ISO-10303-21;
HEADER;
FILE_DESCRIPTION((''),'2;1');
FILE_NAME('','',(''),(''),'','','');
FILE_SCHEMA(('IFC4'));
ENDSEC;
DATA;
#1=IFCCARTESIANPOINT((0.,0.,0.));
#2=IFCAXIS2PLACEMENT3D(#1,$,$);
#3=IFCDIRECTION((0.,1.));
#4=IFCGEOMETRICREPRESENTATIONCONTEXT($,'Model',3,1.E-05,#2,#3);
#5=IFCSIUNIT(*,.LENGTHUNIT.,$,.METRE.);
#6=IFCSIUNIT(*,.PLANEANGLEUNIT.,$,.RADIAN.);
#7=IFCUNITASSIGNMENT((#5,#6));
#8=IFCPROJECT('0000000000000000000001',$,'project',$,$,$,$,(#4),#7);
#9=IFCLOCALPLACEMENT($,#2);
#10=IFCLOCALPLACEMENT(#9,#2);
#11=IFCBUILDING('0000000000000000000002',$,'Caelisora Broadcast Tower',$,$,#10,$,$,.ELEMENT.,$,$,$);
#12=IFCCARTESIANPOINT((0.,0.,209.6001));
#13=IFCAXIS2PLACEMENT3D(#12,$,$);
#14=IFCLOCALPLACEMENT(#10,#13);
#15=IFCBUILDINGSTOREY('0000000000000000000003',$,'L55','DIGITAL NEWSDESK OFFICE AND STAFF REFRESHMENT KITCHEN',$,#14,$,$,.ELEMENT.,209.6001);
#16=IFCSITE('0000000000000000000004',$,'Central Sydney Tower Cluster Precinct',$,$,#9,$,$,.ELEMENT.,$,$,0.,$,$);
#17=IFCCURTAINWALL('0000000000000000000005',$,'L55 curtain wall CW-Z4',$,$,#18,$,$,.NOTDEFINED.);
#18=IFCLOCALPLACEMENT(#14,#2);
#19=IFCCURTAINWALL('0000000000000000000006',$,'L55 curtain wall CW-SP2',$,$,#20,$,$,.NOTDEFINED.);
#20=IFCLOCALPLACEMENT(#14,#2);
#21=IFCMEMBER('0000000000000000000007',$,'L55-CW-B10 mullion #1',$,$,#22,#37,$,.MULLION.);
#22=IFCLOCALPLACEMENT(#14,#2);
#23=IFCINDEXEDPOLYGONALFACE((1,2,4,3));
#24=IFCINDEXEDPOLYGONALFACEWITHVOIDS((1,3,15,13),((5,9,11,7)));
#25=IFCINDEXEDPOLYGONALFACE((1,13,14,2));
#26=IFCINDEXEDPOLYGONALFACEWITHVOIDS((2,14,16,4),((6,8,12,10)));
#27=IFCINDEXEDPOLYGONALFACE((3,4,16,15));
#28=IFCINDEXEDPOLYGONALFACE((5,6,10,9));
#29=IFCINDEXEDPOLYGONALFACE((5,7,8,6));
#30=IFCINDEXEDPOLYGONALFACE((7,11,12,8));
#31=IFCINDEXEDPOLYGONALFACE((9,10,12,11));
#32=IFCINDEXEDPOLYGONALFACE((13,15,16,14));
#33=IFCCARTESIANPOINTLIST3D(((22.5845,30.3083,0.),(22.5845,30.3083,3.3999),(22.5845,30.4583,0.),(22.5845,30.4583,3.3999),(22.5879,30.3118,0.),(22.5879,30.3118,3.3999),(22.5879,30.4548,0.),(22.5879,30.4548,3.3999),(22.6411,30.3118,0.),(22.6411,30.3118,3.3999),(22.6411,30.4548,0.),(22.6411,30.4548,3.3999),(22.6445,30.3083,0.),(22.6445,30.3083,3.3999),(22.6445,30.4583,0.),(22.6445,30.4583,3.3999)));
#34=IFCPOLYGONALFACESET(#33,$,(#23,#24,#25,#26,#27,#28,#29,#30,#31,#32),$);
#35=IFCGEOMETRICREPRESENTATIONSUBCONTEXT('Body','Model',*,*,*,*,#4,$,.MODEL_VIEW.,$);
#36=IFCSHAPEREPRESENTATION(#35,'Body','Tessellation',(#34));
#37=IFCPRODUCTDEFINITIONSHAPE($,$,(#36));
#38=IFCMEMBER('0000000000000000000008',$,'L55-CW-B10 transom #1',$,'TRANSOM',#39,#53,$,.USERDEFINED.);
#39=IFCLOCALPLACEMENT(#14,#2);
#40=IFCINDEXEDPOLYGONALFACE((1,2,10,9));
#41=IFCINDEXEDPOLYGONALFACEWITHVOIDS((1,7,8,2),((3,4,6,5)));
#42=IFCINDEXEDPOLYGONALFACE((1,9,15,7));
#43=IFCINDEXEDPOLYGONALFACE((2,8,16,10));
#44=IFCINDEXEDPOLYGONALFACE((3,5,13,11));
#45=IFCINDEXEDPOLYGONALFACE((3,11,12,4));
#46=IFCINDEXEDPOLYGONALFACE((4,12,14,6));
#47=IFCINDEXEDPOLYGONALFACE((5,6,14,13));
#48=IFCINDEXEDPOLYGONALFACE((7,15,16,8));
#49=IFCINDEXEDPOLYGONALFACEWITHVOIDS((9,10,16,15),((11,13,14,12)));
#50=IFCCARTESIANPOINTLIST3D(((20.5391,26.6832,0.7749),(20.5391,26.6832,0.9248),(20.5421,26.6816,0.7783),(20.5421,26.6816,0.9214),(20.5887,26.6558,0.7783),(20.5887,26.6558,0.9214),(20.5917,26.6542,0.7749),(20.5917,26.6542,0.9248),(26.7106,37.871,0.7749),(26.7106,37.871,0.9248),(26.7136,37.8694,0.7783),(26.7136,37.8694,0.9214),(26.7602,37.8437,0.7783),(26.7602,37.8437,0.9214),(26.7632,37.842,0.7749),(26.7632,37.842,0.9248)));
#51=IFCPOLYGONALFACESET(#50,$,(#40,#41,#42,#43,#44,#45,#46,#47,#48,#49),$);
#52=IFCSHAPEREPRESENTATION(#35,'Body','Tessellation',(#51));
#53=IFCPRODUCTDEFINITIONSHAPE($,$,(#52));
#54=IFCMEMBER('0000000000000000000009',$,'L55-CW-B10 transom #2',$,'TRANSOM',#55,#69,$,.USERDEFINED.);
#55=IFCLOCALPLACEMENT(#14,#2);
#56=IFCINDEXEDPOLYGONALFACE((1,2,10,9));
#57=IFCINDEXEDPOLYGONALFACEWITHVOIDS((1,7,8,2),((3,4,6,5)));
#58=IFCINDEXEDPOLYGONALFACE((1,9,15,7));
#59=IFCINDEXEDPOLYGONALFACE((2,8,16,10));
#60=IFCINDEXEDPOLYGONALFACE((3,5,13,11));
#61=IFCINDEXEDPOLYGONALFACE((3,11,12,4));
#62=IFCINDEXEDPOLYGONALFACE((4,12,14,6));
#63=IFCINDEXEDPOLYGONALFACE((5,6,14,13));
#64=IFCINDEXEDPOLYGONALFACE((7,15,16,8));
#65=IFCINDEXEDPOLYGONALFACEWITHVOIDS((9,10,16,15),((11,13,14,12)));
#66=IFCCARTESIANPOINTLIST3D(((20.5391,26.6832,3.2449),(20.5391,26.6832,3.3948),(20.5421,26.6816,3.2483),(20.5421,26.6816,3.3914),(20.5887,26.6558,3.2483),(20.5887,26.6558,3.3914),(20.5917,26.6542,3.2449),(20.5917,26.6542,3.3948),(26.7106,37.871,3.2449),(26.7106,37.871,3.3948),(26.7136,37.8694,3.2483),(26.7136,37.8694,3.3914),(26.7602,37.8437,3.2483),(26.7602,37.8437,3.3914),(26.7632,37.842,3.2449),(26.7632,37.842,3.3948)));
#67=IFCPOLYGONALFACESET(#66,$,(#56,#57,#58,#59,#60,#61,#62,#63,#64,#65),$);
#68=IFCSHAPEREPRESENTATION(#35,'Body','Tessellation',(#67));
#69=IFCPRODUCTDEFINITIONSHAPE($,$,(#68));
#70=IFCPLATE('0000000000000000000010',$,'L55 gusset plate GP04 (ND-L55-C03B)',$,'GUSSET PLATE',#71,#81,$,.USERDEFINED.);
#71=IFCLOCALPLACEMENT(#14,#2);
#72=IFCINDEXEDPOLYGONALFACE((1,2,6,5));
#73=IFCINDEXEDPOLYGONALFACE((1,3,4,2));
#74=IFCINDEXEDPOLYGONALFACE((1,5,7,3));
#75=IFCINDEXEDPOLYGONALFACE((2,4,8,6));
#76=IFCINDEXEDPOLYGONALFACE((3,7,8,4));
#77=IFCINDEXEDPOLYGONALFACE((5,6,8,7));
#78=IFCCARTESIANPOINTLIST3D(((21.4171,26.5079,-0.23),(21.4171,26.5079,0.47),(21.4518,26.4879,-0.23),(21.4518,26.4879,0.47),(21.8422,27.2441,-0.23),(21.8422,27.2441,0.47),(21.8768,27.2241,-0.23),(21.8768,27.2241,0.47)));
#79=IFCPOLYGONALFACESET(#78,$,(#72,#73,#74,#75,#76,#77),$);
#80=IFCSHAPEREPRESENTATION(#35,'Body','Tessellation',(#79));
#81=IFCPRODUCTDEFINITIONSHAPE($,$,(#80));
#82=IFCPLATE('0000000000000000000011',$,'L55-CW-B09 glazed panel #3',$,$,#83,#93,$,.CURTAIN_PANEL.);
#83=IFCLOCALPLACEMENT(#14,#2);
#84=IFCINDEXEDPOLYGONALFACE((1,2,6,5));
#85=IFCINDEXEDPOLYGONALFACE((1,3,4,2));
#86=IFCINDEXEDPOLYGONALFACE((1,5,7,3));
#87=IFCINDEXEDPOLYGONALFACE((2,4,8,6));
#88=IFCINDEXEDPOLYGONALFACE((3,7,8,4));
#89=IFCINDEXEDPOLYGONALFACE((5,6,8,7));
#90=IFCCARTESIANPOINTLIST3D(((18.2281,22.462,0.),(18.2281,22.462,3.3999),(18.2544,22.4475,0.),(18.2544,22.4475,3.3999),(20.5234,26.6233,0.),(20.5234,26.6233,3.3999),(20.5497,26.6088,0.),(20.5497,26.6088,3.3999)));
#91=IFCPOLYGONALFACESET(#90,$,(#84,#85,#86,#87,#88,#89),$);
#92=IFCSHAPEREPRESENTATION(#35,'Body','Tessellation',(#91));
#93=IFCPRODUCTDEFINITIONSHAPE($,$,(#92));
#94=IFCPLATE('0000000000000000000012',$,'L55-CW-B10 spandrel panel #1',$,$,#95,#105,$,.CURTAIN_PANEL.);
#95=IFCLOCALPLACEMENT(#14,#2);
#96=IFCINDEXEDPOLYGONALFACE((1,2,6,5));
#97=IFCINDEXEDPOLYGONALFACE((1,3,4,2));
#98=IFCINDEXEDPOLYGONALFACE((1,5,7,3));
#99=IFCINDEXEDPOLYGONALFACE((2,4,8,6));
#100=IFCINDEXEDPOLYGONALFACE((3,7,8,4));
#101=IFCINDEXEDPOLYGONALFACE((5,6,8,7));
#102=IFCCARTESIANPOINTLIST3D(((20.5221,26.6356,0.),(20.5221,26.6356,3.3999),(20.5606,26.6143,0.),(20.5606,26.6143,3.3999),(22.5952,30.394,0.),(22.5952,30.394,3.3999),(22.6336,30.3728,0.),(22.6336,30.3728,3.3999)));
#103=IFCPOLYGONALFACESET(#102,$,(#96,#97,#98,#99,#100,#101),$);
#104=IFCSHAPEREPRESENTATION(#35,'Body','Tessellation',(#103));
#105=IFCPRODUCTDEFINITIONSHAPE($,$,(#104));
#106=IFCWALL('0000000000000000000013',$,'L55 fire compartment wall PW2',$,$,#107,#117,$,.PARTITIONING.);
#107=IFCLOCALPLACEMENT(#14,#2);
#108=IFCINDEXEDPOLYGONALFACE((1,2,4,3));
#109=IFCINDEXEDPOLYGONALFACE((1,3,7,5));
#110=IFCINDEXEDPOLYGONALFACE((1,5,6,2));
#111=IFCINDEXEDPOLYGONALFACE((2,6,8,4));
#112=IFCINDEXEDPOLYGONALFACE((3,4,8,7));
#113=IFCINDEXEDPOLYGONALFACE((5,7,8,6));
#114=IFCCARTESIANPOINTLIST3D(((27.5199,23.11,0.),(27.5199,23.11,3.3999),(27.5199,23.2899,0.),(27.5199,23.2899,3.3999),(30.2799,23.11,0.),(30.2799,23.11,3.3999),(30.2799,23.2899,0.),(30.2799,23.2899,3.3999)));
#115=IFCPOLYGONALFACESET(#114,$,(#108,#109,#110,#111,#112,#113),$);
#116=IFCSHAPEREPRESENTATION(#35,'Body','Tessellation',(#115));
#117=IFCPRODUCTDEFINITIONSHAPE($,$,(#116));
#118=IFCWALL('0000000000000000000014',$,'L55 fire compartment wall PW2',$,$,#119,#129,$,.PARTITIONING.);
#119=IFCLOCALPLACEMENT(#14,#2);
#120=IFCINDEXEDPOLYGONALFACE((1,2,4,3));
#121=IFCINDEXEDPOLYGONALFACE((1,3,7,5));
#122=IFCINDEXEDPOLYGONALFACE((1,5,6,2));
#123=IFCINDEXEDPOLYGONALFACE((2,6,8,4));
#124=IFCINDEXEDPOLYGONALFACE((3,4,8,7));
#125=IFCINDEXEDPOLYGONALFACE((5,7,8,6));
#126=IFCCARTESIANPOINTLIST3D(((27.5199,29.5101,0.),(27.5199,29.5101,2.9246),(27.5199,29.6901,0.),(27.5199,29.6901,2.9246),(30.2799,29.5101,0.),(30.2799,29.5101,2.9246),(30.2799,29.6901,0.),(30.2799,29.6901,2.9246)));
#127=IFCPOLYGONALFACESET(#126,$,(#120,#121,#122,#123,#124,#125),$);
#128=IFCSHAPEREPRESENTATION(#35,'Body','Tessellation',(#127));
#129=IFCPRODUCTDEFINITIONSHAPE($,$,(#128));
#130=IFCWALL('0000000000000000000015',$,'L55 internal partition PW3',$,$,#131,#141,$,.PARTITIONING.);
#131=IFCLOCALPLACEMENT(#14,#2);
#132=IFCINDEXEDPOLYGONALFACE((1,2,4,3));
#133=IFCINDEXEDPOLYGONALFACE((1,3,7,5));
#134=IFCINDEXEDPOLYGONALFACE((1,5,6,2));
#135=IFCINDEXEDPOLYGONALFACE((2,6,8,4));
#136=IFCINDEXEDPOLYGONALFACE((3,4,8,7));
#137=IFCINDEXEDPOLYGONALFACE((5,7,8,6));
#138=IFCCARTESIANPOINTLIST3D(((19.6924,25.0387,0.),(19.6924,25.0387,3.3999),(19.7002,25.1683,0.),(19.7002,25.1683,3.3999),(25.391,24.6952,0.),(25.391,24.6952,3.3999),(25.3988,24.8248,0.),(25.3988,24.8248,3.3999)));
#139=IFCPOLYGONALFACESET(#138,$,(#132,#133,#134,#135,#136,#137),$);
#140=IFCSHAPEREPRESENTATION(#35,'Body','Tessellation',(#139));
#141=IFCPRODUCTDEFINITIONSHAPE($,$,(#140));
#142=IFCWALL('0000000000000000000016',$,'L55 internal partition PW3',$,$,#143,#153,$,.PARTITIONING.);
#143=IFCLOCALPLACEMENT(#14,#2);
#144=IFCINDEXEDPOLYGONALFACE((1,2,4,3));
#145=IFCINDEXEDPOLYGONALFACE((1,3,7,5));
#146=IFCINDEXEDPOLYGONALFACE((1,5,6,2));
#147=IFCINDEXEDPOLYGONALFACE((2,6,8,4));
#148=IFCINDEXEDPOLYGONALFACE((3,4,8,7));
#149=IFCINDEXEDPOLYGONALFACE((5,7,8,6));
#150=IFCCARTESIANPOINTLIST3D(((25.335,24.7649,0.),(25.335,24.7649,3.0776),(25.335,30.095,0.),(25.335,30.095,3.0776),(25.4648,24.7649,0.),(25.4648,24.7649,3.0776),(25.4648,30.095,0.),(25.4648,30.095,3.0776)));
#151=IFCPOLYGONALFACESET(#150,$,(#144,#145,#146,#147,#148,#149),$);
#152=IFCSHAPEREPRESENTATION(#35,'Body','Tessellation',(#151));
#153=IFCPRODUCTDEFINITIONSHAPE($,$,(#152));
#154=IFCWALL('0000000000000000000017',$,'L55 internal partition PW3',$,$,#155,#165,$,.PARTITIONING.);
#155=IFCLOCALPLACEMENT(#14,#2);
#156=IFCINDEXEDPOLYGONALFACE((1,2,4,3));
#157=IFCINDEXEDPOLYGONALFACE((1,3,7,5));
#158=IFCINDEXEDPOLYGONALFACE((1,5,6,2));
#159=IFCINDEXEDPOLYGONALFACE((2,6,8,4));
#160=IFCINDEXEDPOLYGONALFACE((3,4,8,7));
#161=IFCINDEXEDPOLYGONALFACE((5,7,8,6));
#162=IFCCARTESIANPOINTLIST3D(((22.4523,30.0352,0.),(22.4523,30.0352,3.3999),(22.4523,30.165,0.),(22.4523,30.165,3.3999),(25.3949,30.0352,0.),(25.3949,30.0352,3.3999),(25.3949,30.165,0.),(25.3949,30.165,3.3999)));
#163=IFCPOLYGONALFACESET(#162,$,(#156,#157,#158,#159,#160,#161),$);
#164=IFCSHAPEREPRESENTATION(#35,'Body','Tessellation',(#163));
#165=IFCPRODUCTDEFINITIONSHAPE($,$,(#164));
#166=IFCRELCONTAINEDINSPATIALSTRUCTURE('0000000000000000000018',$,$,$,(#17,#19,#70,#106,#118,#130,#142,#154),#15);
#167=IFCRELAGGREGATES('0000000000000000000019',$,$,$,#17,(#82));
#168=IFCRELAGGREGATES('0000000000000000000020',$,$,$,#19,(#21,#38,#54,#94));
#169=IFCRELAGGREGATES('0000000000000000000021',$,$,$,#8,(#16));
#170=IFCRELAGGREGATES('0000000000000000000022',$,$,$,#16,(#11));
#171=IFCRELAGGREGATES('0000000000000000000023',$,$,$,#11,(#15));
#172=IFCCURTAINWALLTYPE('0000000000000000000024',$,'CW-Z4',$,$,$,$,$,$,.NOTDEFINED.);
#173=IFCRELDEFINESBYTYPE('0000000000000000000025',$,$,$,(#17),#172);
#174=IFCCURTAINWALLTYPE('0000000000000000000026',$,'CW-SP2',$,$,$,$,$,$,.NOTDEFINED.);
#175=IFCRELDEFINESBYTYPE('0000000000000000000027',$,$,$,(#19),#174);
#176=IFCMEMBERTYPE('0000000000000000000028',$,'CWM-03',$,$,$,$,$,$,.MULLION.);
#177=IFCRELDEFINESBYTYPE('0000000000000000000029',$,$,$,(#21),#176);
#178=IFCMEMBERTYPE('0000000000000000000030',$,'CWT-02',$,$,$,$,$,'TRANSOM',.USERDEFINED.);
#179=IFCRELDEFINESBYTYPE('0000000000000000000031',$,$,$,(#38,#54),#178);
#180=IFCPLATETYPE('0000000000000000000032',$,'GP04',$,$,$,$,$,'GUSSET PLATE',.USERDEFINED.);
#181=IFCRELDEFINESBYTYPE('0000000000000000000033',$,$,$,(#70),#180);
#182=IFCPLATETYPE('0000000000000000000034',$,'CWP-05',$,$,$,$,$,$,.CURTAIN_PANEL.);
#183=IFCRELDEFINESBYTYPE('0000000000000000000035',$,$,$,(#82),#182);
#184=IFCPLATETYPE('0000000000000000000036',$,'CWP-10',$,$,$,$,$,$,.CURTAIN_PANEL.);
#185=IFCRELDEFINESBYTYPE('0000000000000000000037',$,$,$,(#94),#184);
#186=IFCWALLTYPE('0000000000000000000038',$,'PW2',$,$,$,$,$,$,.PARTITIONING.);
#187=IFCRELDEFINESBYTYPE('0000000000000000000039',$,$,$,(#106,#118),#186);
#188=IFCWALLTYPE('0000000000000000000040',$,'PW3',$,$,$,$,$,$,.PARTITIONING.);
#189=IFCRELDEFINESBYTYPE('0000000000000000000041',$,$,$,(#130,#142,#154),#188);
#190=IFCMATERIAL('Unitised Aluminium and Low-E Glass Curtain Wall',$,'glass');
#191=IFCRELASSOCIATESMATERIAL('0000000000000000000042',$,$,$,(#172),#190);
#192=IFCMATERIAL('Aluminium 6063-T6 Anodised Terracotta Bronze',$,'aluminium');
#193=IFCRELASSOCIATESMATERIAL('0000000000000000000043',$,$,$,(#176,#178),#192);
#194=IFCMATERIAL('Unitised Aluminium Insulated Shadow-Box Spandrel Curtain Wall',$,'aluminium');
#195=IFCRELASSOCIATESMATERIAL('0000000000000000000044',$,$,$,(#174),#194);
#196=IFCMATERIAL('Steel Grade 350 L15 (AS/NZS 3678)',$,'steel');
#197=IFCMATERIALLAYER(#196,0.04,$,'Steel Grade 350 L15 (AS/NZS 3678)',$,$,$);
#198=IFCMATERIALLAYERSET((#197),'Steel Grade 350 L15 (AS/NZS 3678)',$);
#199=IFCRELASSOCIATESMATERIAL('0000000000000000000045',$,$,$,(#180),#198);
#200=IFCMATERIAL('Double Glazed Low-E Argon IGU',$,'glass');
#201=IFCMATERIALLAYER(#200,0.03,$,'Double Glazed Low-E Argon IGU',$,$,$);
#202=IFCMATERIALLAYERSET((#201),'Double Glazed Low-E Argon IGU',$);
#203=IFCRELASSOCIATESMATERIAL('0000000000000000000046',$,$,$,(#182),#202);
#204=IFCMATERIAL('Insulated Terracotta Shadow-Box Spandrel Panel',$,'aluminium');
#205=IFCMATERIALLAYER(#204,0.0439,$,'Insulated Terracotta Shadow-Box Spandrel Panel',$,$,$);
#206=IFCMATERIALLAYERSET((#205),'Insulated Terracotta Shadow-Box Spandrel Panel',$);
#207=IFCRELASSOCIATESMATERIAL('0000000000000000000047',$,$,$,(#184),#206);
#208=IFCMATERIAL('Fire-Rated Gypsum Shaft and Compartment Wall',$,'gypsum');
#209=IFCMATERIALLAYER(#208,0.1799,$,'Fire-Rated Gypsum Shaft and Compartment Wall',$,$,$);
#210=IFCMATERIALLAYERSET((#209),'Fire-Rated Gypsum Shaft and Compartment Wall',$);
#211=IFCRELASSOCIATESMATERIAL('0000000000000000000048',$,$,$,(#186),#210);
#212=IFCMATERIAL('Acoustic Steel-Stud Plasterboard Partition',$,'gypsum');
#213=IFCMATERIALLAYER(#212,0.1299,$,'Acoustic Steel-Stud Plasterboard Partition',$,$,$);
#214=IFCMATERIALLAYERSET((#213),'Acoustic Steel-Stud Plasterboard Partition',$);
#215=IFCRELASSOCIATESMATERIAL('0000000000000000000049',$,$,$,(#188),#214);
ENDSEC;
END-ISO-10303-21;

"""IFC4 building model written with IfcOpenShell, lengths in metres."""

from ifc_helpers import new_model, si_unit, direction, frame, frame_2d, origin, origin_2d, place, context, subcontext, project, spatial, rectangle, hollow_rectangle, extrude, source, transform, mapped, material, layer, layer_set, material_profile, profile_set, type_object, type_shapes, element, aggregate, save


model = new_model("IFC4")

# Units and contexts
model_context = context("Model", 3, precision=1e-05, world=origin(), true_north=direction((0.0, 1.0)))
body_context = subcontext(model_context, "Body", "Model", "MODEL_VIEW")
ifc_project = project(units=[si_unit("LENGTHUNIT", "METRE"), si_unit("PLANEANGLEUNIT", "RADIAN")], contexts=[model_context])

# Site, building, storey
site_placement = place(None, origin())
site = spatial("IfcSite", under=ifc_project, at=site_placement, Name="Central Sydney Tower Cluster Precinct", CompositionType="ELEMENT", RefElevation=0.0)
building_placement = place(site_placement, origin())
building = spatial("IfcBuilding", under=site, at=building_placement, Name="Caelisora Broadcast Tower", CompositionType="ELEMENT")
storey_placement = place(building_placement, frame((0.0, 0.0, 209.6001)))
storey = spatial("IfcBuildingStorey", under=building, at=storey_placement, Name="L55", Description="DIGITAL NEWSDESK OFFICE AND STAFF REFRESHMENT KITCHEN", CompositionType="ELEMENT", Elevation=209.6001)

# Shared definitions
ifc_material_1 = material(Name="Steel Grade 350 L15 (AS/NZS 3678)", Category="steel")

# Curtain wall
ifc_material_2 = material(Name="Unitised Aluminium and Low-E Glass Curtain Wall", Category="glass")
curtain_wall_type_1 = type_object("IfcCurtainWallType", Name="CW-Z4", PredefinedType="NOTDEFINED", material=ifc_material_2)
curtain_wall_1_placement = place(storey_placement, origin())
curtain_wall_1 = element("IfcCurtainWall", 1, at=curtain_wall_1_placement, inside=storey, type_object=curtain_wall_type_1, Name="L55 curtain wall CW-Z4", PredefinedType="NOTDEFINED")
ifc_material_3 = material(Name="Aluminium 6063-T6 Anodised Terracotta Bronze", Category="aluminium")
ifc_material_profile_1 = material_profile(ifc_material_3, hollow_rectangle(XDim=0.0601, YDim=0.1499, WallThickness=0.0034, at=origin_2d()), Name="Aluminium 6063-T6 Anodised Terracotta Bronze")
ifc_profile_set_1 = profile_set([ifc_material_profile_1], Name="Aluminium 6063-T6 Anodised Terracotta Bronze")
member_type_1 = type_object("IfcMemberType", Name="CWM-03", PredefinedType="MULLION", material=ifc_profile_set_1)
shared_shape_1 = source(origin(), body_context, "Body", "SweptSolid", [
    extrude(hollow_rectangle(XDim=0.0601, YDim=0.1499, WallThickness=0.0034, at=origin_2d()), origin(), (0.0, 0.0, 1.0), 3.3999),
])
type_shapes(member_type_1, [shared_shape_1])

# Curtain wall, members
ifc_material_4 = material(Name="Unitised Aluminium Insulated Shadow-Box Spandrel Curtain Wall", Category="aluminium")
curtain_wall_type_2 = type_object("IfcCurtainWallType", Name="CW-SP2", PredefinedType="NOTDEFINED", material=ifc_material_4)
curtain_wall_2_placement = place(storey_placement, origin())
curtain_wall_2 = element("IfcCurtainWall", 2, at=curtain_wall_2_placement, inside=storey, type_object=curtain_wall_type_2, Name="L55 curtain wall CW-SP2", PredefinedType="NOTDEFINED")
member_1_placement = place(storey_placement, frame((22.6145, 30.3833, 0.0), z_axis=(0.0, 0.0, 1.0), x_axis=(1.0, 0.0, 0.0)))
member_1 = element("IfcMember", 3, at=member_1_placement, type_object=member_type_1, Name="L55-CW-B10 mullion #1", PredefinedType="MULLION", context=body_context, shape_type="MappedRepresentation", body=[
    mapped(shared_shape_1, transform((0.0, 0.0, 0.0), scale=1.0)),
])
ifc_material_profile_2 = material_profile(ifc_material_3, hollow_rectangle(XDim=0.0601, YDim=0.1499, WallThickness=0.0034, at=origin_2d()), Name="Aluminium 6063-T6 Anodised Terracotta Bronze")
ifc_profile_set_2 = profile_set([ifc_material_profile_2], Name="Aluminium 6063-T6 Anodised Terracotta Bronze")
member_type_2 = type_object("IfcMemberType", Name="CWT-02", ElementType="TRANSOM", PredefinedType="USERDEFINED", material=ifc_profile_set_2)
shared_shape_2 = source(origin(), body_context, "Body", "SweptSolid", [
    extrude(hollow_rectangle(XDim=0.0601, YDim=0.1499, WallThickness=0.0034, at=origin_2d()), origin(), (0.0, 0.0, 1.0), 12.7771),
])
type_shapes(member_type_2, [shared_shape_2])
member_2_placement = place(storey_placement, frame((20.5654, 26.6687, 0.8499), z_axis=(0.483008, 0.875616, 0.0), x_axis=(-0.875616, 0.483008, 0.0)))
member_2 = element("IfcMember", 4, at=member_2_placement, type_object=member_type_2, Name="L55-CW-B10 transom #1", ObjectType="TRANSOM", PredefinedType="USERDEFINED", context=body_context, shape_type="MappedRepresentation", body=[
    mapped(shared_shape_2, transform((0.0, 0.0, 0.0), scale=1.0)),
])
member_3_placement = place(storey_placement, frame((20.5654, 26.6687, 3.3198), z_axis=(0.483008, 0.875616, 0.0), x_axis=(-0.875616, 0.483008, 0.0)))
member_3 = element("IfcMember", 5, at=member_3_placement, type_object=member_type_2, Name="L55-CW-B10 transom #2", ObjectType="TRANSOM", PredefinedType="USERDEFINED", context=body_context, shape_type="MappedRepresentation", body=[
    mapped(shared_shape_2, transform((0.0, 0.0, 0.0), scale=1.0)),
])

# Plates
ifc_layer_1 = layer(ifc_material_1, 0.04, Name="Steel Grade 350 L15 (AS/NZS 3678)")
ifc_layer_set_1 = layer_set([ifc_layer_1], Name="Steel Grade 350 L15 (AS/NZS 3678)")
plate_type_1 = type_object("IfcPlateType", Name="GP04", ElementType="GUSSET PLATE", PredefinedType="USERDEFINED", material=ifc_layer_set_1)
shared_shape_3 = source(origin(), body_context, "Body", "SweptSolid", [
    extrude(rectangle(XDim=0.8501, YDim=0.04, at=origin_2d()), origin(), (0.0, 0.0, 1.0), 0.7),
])
type_shapes(plate_type_1, [shared_shape_3])
plate_1_placement = place(storey_placement, frame((21.647, 26.866, -0.23), z_axis=(0.0, 0.0, 1.0), x_axis=(-0.5, -0.866025, 0.0)))
element("IfcPlate", 6, at=plate_1_placement, inside=storey, type_object=plate_type_1, Name="L55 gusset plate GP04 (ND-L55-C03B)", ObjectType="GUSSET PLATE", PredefinedType="USERDEFINED", context=body_context, shape_type="MappedRepresentation", body=[
    mapped(shared_shape_3, transform((0.0, 0.0, 0.0), scale=1.0)),
])
ifc_material_5 = material(Name="Double Glazed Low-E Argon IGU", Category="glass")
ifc_layer_2 = layer(ifc_material_5, 0.03, Name="Double Glazed Low-E Argon IGU")
ifc_layer_set_2 = layer_set([ifc_layer_2], Name="Double Glazed Low-E Argon IGU")
plate_type_2 = type_object("IfcPlateType", Name="CWP-05", PredefinedType="CURTAIN_PANEL", material=ifc_layer_set_2)
shared_shape_4 = source(origin(), body_context, "Body", "SweptSolid", [
    extrude(rectangle(XDim=4.7524, YDim=0.03, at=origin_2d()), origin(), (0.0, 0.0, 1.0), 3.3999),
])
type_shapes(plate_type_2, [shared_shape_4])
plate_2_placement = place(storey_placement, frame((19.3889, 24.5354, 0.0), z_axis=(0.0, 0.0, 1.0), x_axis=(0.482977, 0.875633, 0.0)))
plate_2 = element("IfcPlate", 7, at=plate_2_placement, type_object=plate_type_2, Name="L55-CW-B09 glazed panel #3", PredefinedType="CURTAIN_PANEL", context=body_context, shape_type="MappedRepresentation", body=[
    mapped(shared_shape_4, transform((0.0, 0.0, 0.0), scale=1.0)),
])
aggregate(curtain_wall_1, [plate_2])
ifc_material_6 = material(Name="Insulated Terracotta Shadow-Box Spandrel Panel", Category="aluminium")
ifc_layer_3 = layer(ifc_material_6, 0.0439, Name="Insulated Terracotta Shadow-Box Spandrel Panel")
ifc_layer_set_3 = layer_set([ifc_layer_3], Name="Insulated Terracotta Shadow-Box Spandrel Panel")
plate_type_3 = type_object("IfcPlateType", Name="CWP-10", PredefinedType="CURTAIN_PANEL", material=ifc_layer_set_3)
shared_shape_5 = source(origin(), body_context, "Body", "SweptSolid", [
    extrude(rectangle(XDim=4.2922, YDim=0.0439, at=origin_2d()), origin(), (0.0, 0.0, 1.0), 3.3999),
])
type_shapes(plate_type_3, [shared_shape_5])
plate_3_placement = place(storey_placement, frame((21.5779, 28.5042, 0.0), z_axis=(0.0, 0.0, 1.0), x_axis=(0.482977, 0.875633, 0.0)))
plate_3 = element("IfcPlate", 8, at=plate_3_placement, type_object=plate_type_3, Name="L55-CW-B10 spandrel panel #1", PredefinedType="CURTAIN_PANEL", context=body_context, shape_type="MappedRepresentation", body=[
    mapped(shared_shape_5, transform((0.0, 0.0, 0.0), scale=1.0)),
])
aggregate(curtain_wall_2, [member_1, member_2, member_3, plate_3])

# Walls
ifc_material_7 = material(Name="Fire-Rated Gypsum Shaft and Compartment Wall", Category="gypsum")
ifc_layer_4 = layer(ifc_material_7, 0.1799, Name="Fire-Rated Gypsum Shaft and Compartment Wall")
ifc_layer_set_4 = layer_set([ifc_layer_4], Name="Fire-Rated Gypsum Shaft and Compartment Wall")
wall_type_1 = type_object("IfcWallType", Name="PW2", PredefinedType="PARTITIONING", material=ifc_layer_set_4)
wall_1_placement = place(storey_placement, frame((27.52, 23.2, 0.0), z_axis=(0.0, 0.0, 1.0), x_axis=(1.0, 0.0, 0.0)))
element("IfcWall", 9, at=wall_1_placement, inside=storey, type_object=wall_type_1, Name="L55 fire compartment wall PW2", PredefinedType="PARTITIONING", context=body_context, shape_type="SweptSolid", body=[
    extrude(rectangle(XDim=2.76, YDim=0.1799, at=frame_2d((1.3799, 0.0))), origin(), (0.0, 0.0, 1.0), 3.3999),
])
wall_2_placement = place(storey_placement, frame((27.52, 29.6001, 0.0), z_axis=(0.0, 0.0, 1.0), x_axis=(1.0, 0.0, 0.0)))
element("IfcWall", 10, at=wall_2_placement, inside=storey, type_object=wall_type_1, Name="L55 fire compartment wall PW2", PredefinedType="PARTITIONING", context=body_context, shape_type="SweptSolid", body=[
    extrude(rectangle(XDim=2.76, YDim=0.1799, at=frame_2d((1.3799, 0.0))), origin(), (0.0, 0.0, 1.0), 2.9246),
])
ifc_material_8 = material(Name="Acoustic Steel-Stud Plasterboard Partition", Category="gypsum")
ifc_layer_5 = layer(ifc_material_8, 0.1299, Name="Acoustic Steel-Stud Plasterboard Partition")
ifc_layer_set_5 = layer_set([ifc_layer_5], Name="Acoustic Steel-Stud Plasterboard Partition")
wall_type_2 = type_object("IfcWallType", Name="PW3", PredefinedType="PARTITIONING", material=ifc_layer_set_5)
wall_3_placement = place(storey_placement, frame((19.6963, 25.1035, 0.0), z_axis=(0.0, 0.0, 1.0), x_axis=(0.998188, -0.060168, 0.0)))
element("IfcWall", 11, at=wall_3_placement, inside=storey, type_object=wall_type_2, Name="L55 internal partition PW3", PredefinedType="PARTITIONING", context=body_context, shape_type="SweptSolid", body=[
    extrude(rectangle(XDim=5.709, YDim=0.1299, at=frame_2d((2.8545, 0.0))), origin(), (0.0, 0.0, 1.0), 3.3999),
])
wall_4_placement = place(storey_placement, frame((25.3999, 30.095, 0.0), z_axis=(0.0, 0.0, 1.0), x_axis=(0.0, -1.0, 0.0)))
element("IfcWall", 12, at=wall_4_placement, inside=storey, type_object=wall_type_2, Name="L55 internal partition PW3", PredefinedType="PARTITIONING", context=body_context, shape_type="SweptSolid", body=[
    extrude(rectangle(XDim=5.3301, YDim=0.1299, at=frame_2d((2.665, 0.0))), origin(), (0.0, 0.0, 1.0), 3.0776),
])
wall_5_placement = place(storey_placement, frame((22.4524, 30.1001, 0.0), z_axis=(0.0, 0.0, 1.0), x_axis=(1.0, 0.0, 0.0)))
element("IfcWall", 13, at=wall_5_placement, inside=storey, type_object=wall_type_2, Name="L55 internal partition PW3", PredefinedType="PARTITIONING", context=body_context, shape_type="SweptSolid", body=[
    extrude(rectangle(XDim=2.9426, YDim=0.1299, at=frame_2d((1.4712, 0.0))), origin(), (0.0, 0.0, 1.0), 3.3999),
])

save(model, "model.ifc")
